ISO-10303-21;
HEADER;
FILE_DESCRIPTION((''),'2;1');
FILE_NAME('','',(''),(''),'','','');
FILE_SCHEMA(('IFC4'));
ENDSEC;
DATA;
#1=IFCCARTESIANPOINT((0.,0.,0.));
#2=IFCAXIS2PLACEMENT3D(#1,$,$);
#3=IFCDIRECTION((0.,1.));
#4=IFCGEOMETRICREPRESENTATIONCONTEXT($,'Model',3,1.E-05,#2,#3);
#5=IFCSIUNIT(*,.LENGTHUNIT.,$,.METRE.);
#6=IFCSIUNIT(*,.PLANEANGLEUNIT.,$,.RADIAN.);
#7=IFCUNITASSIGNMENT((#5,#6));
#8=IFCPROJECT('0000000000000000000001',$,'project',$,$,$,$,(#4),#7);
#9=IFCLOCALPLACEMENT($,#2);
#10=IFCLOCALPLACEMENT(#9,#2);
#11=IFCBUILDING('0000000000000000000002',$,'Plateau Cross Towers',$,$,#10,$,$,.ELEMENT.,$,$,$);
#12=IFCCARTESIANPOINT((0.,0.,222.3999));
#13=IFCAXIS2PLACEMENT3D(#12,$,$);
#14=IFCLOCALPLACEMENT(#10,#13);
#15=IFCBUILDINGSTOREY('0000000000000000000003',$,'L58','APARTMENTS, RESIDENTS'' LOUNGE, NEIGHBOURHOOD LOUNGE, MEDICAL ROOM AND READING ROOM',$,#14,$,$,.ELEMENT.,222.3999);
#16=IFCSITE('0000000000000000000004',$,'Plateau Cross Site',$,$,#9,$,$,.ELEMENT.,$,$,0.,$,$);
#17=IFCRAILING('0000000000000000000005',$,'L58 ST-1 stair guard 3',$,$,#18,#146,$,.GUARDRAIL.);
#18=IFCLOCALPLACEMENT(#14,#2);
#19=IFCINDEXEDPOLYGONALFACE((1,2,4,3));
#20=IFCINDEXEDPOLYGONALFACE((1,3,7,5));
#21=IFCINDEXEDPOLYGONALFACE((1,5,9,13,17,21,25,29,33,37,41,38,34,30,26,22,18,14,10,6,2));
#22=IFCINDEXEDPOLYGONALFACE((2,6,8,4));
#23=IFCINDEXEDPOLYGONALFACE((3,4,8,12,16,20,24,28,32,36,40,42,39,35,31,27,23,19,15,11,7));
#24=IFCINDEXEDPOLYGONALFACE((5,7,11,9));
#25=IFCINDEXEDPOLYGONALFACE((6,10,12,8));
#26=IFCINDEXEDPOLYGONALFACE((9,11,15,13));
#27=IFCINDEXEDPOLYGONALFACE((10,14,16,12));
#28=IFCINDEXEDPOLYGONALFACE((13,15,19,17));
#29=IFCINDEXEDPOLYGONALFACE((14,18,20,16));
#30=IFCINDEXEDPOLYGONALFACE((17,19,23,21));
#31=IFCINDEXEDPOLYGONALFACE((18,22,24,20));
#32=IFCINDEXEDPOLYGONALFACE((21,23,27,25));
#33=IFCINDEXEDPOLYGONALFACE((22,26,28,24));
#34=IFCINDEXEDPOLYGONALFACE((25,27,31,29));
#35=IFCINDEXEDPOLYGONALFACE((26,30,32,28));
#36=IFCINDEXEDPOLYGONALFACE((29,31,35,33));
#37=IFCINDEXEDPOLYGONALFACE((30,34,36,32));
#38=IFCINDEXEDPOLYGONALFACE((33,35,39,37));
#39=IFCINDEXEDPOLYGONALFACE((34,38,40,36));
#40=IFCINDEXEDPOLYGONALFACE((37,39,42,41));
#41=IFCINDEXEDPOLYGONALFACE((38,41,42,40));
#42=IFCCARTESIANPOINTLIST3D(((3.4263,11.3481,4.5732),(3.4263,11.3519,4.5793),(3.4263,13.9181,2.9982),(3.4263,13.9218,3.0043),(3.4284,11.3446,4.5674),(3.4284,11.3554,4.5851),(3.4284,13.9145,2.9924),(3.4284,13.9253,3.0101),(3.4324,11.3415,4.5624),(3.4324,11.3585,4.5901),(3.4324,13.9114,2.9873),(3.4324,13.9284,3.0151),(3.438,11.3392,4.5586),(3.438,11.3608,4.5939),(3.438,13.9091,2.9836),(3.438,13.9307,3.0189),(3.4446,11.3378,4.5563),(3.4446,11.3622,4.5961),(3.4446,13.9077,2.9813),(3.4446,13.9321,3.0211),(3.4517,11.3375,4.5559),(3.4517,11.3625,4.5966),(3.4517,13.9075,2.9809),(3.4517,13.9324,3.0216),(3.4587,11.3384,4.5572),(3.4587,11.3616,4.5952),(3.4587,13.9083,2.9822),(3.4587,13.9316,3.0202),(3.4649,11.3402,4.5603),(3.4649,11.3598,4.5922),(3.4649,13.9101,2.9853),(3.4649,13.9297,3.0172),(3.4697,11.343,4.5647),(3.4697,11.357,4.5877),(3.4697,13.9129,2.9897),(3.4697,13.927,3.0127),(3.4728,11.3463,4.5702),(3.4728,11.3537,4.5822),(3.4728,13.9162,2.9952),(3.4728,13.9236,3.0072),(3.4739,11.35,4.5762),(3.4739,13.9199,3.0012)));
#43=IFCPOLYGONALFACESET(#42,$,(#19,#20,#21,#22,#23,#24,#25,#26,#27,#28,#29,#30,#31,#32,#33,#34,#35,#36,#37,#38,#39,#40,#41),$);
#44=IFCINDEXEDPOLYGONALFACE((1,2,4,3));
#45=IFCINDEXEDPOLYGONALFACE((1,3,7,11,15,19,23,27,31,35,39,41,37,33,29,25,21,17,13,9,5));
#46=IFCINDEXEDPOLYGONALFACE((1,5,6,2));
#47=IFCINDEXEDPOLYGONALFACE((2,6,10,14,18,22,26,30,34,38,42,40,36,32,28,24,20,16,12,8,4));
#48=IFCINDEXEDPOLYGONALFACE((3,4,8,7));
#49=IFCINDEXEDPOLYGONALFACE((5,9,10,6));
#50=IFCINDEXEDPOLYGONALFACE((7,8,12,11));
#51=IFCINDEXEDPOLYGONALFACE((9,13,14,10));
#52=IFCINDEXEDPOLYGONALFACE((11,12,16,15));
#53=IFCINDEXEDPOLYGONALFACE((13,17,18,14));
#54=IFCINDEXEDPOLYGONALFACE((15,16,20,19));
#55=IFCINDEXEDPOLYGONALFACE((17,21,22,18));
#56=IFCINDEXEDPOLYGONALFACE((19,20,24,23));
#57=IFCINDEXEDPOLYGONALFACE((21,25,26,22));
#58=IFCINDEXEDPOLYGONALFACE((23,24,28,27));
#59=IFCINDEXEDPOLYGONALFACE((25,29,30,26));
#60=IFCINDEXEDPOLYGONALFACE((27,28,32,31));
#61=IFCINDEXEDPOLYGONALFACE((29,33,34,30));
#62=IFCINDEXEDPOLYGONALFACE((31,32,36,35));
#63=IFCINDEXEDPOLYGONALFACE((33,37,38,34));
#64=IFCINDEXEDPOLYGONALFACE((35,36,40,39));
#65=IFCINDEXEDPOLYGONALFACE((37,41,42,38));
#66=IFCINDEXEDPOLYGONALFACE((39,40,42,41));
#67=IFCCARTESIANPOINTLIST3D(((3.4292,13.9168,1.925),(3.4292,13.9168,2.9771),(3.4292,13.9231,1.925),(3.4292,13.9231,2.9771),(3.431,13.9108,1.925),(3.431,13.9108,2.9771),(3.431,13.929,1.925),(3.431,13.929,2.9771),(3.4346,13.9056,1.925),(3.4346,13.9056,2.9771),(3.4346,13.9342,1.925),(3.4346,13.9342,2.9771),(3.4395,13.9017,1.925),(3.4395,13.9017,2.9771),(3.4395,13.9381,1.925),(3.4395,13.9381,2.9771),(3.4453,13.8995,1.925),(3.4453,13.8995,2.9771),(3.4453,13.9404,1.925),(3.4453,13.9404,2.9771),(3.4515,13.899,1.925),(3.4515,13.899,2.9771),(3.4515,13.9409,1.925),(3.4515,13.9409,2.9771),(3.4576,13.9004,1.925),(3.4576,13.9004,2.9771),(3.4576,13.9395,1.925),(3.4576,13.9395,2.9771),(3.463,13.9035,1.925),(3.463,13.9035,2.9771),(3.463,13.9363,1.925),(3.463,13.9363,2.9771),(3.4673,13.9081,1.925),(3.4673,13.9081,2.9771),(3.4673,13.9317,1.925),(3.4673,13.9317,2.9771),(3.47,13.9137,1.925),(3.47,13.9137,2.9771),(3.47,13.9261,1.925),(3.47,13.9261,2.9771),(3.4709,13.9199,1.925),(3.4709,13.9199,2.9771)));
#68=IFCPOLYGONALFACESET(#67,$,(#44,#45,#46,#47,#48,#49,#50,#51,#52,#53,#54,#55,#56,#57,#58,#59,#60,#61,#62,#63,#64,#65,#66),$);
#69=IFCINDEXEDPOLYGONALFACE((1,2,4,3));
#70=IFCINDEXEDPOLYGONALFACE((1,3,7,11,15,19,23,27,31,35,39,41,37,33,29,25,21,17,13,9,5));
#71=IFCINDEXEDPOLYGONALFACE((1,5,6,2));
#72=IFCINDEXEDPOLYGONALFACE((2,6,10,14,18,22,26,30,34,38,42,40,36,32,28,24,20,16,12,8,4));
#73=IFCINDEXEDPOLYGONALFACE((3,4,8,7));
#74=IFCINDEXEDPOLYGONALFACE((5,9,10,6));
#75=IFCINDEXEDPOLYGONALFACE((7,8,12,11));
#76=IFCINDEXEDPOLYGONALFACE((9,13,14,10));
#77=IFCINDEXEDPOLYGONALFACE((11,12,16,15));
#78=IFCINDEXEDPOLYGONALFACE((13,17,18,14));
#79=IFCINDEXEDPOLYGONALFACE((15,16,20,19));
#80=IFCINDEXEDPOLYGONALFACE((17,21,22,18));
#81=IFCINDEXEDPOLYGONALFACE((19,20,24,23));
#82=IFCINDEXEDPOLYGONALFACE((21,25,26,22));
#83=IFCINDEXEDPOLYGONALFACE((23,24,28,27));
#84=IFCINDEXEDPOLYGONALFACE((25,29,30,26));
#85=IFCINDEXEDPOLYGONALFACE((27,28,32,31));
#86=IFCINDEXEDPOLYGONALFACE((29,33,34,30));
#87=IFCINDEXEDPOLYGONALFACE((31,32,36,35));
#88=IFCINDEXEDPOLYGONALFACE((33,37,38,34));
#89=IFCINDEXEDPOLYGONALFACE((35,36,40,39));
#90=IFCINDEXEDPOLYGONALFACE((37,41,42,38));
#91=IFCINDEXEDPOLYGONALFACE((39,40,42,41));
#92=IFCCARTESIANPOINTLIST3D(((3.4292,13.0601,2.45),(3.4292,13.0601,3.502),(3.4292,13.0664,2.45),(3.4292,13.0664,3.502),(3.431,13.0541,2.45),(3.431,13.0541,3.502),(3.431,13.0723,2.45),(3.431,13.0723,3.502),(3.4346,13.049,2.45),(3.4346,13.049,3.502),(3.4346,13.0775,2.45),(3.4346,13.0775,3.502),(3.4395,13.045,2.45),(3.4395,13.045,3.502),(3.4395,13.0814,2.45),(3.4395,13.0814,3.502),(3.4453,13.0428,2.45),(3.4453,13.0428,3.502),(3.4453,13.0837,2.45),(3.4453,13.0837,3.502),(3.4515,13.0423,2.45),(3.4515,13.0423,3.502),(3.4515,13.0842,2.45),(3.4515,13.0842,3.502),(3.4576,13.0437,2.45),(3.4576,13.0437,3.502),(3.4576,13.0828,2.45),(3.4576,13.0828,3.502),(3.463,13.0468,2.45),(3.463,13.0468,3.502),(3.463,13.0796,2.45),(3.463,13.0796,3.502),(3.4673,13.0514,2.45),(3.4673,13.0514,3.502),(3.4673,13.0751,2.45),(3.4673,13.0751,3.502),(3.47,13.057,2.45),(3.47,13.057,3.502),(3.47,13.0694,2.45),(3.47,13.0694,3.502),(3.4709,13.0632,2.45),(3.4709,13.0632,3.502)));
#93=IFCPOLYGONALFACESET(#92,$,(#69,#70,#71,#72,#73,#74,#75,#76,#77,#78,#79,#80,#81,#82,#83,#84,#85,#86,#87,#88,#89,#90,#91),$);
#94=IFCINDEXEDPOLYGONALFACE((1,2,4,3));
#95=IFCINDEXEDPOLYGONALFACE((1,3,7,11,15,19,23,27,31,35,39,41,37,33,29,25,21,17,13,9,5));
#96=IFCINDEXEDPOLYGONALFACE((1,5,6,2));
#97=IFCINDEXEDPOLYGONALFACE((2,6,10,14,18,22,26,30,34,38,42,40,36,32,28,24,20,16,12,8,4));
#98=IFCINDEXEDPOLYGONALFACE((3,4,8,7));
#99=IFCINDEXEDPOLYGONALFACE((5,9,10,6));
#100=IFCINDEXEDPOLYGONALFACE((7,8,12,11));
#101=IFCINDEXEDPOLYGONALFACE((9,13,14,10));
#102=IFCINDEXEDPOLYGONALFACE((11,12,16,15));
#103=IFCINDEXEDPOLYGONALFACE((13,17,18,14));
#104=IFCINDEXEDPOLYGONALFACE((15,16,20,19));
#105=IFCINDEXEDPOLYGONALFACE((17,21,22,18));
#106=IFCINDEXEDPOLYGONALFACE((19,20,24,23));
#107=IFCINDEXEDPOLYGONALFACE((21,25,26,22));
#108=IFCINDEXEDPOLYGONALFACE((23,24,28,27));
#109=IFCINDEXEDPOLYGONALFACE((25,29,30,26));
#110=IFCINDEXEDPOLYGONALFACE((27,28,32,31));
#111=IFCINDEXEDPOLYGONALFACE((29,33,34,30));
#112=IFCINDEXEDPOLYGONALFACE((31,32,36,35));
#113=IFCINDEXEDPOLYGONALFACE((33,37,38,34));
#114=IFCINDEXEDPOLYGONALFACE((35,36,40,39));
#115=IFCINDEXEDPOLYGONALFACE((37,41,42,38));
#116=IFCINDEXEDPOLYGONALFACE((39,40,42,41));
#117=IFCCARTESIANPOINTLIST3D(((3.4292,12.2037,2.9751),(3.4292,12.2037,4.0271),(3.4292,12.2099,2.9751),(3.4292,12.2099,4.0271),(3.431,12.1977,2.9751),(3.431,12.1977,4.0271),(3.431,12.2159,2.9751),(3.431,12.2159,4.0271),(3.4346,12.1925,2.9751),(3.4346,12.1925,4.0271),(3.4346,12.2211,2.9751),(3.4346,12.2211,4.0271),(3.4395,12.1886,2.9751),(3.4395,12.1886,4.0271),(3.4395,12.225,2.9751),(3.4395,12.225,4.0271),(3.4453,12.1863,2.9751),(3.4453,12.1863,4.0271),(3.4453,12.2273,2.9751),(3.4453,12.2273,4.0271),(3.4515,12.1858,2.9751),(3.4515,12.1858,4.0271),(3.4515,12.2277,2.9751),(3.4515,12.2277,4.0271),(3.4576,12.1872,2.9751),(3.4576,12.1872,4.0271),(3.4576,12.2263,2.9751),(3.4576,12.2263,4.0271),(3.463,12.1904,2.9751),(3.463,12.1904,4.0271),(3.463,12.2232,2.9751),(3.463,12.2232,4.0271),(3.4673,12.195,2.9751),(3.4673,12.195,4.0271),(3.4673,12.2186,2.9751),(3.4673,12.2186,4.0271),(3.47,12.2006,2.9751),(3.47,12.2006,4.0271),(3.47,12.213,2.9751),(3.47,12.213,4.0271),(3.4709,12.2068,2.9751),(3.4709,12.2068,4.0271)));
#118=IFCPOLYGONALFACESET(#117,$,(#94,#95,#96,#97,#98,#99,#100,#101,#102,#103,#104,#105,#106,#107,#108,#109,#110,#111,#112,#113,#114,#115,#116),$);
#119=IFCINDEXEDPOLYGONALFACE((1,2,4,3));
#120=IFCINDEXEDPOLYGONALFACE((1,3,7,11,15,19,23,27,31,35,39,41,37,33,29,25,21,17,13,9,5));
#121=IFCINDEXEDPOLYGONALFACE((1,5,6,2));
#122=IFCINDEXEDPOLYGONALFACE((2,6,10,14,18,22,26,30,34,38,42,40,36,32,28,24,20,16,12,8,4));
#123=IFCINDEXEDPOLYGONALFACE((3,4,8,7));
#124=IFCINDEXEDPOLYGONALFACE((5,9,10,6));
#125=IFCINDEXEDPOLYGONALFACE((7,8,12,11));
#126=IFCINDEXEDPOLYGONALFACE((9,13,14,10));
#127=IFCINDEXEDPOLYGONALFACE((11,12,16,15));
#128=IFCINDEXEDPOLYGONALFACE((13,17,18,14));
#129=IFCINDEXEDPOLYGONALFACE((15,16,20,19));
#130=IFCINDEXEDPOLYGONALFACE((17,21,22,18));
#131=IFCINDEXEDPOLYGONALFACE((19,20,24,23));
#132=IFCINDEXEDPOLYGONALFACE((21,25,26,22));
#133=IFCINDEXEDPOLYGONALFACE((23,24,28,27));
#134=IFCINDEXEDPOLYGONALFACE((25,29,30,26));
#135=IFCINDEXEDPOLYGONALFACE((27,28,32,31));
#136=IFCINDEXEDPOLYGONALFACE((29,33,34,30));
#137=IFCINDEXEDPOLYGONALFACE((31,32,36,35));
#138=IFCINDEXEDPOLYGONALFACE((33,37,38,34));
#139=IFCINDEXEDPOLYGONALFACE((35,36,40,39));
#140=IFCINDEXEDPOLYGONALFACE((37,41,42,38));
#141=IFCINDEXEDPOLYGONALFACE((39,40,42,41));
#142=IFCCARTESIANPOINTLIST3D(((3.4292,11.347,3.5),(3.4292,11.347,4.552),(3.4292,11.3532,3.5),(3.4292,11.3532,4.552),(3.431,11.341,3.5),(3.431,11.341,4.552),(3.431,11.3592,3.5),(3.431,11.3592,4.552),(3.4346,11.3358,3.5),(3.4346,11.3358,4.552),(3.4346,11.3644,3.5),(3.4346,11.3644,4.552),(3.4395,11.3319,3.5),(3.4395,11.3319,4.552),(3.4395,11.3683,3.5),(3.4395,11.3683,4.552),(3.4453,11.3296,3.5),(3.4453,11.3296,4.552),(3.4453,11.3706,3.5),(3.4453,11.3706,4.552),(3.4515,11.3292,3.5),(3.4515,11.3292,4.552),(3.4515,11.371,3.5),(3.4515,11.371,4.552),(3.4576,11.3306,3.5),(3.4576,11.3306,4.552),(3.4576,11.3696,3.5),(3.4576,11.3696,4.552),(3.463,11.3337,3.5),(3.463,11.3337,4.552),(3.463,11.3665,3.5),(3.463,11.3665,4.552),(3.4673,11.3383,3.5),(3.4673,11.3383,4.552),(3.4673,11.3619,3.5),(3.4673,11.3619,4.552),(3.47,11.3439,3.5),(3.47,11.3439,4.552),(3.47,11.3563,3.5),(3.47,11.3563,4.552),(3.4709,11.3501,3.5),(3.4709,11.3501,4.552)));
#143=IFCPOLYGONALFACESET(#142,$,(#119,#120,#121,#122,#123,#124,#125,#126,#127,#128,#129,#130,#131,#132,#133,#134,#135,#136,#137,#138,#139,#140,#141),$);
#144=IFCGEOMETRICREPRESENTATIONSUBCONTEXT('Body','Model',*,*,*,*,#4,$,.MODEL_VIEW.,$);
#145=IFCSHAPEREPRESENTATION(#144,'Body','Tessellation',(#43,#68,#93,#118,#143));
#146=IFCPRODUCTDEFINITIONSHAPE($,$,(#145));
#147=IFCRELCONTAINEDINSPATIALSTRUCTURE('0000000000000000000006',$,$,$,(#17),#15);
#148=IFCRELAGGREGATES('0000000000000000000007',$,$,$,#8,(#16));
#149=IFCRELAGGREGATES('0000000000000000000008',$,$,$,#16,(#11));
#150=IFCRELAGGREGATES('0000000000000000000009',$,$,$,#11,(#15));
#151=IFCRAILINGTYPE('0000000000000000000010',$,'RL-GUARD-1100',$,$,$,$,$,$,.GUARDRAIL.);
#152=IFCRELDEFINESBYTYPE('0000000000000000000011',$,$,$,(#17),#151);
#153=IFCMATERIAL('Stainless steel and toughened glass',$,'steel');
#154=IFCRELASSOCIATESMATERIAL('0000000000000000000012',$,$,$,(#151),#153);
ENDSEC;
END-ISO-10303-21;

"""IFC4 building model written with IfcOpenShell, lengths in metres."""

from ifc_helpers import new_model, si_unit, direction, frame, origin, origin_2d, place, context, subcontext, project, spatial, circle, extrude, material, type_object, element, save


model = new_model("IFC4")

# Units and contexts
model_context = context("Model", 3, precision=1e-05, world=origin(), true_north=direction((0.0, 1.0)))
body_context = subcontext(model_context, "Body", "Model", "MODEL_VIEW")
ifc_project = project(units=[si_unit("LENGTHUNIT", "METRE"), si_unit("PLANEANGLEUNIT", "RADIAN")], contexts=[model_context])

# Site, building, storey
site_placement = place(None, origin())
site = spatial("IfcSite", under=ifc_project, at=site_placement, Name="Plateau Cross Site", CompositionType="ELEMENT", RefElevation=0.0)
building_placement = place(site_placement, origin())
building = spatial("IfcBuilding", under=site, at=building_placement, Name="Plateau Cross Towers", CompositionType="ELEMENT")
storey_placement = place(building_placement, frame((0.0, 0.0, 222.3999)))
storey = spatial("IfcBuildingStorey", under=building, at=storey_placement, Name="L58", Description="APARTMENTS, RESIDENTS' LOUNGE, NEIGHBOURHOOD LOUNGE, MEDICAL ROOM AND READING ROOM", CompositionType="ELEMENT", Elevation=222.3999)

# Railing
ifc_material_1 = material(Name="Stainless steel and toughened glass", Category="steel")
railing_type_1 = type_object("IfcRailingType", Name="RL-GUARD-1100", PredefinedType="GUARDRAIL", material=ifc_material_1)
railing_1_placement = place(storey_placement, frame((3.45, 13.9199, 1.925)))
element("IfcRailing", 1, at=railing_1_placement, inside=storey, type_object=railing_type_1, Name="L58 ST-1 stair guard 3", PredefinedType="GUARDRAIL", context=body_context, shape_type="SweptSolid", body=[
    extrude(circle(Radius=0.0239, at=origin_2d()), frame((0.0, 0.0, 1.0762), z_axis=(0.0, -0.852616, 0.522537), x_axis=(1.0, 0.0, 0.0)), (0.0, 0.0, 1.0), 3.0142),
    extrude(circle(Radius=0.021, at=origin_2d()), origin(), (0.0, 0.0, 1.0), 1.052),
    extrude(circle(Radius=0.021, at=origin_2d()), frame((0.0, -0.8567, 0.5249)), (0.0, 0.0, 1.0), 1.052),
    extrude(circle(Radius=0.021, at=origin_2d()), frame((0.0, -1.7131, 1.05)), (0.0, 0.0, 1.0), 1.052),
    extrude(circle(Radius=0.021, at=origin_2d()), frame((0.0, -2.5698, 1.575)), (0.0, 0.0, 1.0), 1.052),
])

save(model, "model.ifc")
